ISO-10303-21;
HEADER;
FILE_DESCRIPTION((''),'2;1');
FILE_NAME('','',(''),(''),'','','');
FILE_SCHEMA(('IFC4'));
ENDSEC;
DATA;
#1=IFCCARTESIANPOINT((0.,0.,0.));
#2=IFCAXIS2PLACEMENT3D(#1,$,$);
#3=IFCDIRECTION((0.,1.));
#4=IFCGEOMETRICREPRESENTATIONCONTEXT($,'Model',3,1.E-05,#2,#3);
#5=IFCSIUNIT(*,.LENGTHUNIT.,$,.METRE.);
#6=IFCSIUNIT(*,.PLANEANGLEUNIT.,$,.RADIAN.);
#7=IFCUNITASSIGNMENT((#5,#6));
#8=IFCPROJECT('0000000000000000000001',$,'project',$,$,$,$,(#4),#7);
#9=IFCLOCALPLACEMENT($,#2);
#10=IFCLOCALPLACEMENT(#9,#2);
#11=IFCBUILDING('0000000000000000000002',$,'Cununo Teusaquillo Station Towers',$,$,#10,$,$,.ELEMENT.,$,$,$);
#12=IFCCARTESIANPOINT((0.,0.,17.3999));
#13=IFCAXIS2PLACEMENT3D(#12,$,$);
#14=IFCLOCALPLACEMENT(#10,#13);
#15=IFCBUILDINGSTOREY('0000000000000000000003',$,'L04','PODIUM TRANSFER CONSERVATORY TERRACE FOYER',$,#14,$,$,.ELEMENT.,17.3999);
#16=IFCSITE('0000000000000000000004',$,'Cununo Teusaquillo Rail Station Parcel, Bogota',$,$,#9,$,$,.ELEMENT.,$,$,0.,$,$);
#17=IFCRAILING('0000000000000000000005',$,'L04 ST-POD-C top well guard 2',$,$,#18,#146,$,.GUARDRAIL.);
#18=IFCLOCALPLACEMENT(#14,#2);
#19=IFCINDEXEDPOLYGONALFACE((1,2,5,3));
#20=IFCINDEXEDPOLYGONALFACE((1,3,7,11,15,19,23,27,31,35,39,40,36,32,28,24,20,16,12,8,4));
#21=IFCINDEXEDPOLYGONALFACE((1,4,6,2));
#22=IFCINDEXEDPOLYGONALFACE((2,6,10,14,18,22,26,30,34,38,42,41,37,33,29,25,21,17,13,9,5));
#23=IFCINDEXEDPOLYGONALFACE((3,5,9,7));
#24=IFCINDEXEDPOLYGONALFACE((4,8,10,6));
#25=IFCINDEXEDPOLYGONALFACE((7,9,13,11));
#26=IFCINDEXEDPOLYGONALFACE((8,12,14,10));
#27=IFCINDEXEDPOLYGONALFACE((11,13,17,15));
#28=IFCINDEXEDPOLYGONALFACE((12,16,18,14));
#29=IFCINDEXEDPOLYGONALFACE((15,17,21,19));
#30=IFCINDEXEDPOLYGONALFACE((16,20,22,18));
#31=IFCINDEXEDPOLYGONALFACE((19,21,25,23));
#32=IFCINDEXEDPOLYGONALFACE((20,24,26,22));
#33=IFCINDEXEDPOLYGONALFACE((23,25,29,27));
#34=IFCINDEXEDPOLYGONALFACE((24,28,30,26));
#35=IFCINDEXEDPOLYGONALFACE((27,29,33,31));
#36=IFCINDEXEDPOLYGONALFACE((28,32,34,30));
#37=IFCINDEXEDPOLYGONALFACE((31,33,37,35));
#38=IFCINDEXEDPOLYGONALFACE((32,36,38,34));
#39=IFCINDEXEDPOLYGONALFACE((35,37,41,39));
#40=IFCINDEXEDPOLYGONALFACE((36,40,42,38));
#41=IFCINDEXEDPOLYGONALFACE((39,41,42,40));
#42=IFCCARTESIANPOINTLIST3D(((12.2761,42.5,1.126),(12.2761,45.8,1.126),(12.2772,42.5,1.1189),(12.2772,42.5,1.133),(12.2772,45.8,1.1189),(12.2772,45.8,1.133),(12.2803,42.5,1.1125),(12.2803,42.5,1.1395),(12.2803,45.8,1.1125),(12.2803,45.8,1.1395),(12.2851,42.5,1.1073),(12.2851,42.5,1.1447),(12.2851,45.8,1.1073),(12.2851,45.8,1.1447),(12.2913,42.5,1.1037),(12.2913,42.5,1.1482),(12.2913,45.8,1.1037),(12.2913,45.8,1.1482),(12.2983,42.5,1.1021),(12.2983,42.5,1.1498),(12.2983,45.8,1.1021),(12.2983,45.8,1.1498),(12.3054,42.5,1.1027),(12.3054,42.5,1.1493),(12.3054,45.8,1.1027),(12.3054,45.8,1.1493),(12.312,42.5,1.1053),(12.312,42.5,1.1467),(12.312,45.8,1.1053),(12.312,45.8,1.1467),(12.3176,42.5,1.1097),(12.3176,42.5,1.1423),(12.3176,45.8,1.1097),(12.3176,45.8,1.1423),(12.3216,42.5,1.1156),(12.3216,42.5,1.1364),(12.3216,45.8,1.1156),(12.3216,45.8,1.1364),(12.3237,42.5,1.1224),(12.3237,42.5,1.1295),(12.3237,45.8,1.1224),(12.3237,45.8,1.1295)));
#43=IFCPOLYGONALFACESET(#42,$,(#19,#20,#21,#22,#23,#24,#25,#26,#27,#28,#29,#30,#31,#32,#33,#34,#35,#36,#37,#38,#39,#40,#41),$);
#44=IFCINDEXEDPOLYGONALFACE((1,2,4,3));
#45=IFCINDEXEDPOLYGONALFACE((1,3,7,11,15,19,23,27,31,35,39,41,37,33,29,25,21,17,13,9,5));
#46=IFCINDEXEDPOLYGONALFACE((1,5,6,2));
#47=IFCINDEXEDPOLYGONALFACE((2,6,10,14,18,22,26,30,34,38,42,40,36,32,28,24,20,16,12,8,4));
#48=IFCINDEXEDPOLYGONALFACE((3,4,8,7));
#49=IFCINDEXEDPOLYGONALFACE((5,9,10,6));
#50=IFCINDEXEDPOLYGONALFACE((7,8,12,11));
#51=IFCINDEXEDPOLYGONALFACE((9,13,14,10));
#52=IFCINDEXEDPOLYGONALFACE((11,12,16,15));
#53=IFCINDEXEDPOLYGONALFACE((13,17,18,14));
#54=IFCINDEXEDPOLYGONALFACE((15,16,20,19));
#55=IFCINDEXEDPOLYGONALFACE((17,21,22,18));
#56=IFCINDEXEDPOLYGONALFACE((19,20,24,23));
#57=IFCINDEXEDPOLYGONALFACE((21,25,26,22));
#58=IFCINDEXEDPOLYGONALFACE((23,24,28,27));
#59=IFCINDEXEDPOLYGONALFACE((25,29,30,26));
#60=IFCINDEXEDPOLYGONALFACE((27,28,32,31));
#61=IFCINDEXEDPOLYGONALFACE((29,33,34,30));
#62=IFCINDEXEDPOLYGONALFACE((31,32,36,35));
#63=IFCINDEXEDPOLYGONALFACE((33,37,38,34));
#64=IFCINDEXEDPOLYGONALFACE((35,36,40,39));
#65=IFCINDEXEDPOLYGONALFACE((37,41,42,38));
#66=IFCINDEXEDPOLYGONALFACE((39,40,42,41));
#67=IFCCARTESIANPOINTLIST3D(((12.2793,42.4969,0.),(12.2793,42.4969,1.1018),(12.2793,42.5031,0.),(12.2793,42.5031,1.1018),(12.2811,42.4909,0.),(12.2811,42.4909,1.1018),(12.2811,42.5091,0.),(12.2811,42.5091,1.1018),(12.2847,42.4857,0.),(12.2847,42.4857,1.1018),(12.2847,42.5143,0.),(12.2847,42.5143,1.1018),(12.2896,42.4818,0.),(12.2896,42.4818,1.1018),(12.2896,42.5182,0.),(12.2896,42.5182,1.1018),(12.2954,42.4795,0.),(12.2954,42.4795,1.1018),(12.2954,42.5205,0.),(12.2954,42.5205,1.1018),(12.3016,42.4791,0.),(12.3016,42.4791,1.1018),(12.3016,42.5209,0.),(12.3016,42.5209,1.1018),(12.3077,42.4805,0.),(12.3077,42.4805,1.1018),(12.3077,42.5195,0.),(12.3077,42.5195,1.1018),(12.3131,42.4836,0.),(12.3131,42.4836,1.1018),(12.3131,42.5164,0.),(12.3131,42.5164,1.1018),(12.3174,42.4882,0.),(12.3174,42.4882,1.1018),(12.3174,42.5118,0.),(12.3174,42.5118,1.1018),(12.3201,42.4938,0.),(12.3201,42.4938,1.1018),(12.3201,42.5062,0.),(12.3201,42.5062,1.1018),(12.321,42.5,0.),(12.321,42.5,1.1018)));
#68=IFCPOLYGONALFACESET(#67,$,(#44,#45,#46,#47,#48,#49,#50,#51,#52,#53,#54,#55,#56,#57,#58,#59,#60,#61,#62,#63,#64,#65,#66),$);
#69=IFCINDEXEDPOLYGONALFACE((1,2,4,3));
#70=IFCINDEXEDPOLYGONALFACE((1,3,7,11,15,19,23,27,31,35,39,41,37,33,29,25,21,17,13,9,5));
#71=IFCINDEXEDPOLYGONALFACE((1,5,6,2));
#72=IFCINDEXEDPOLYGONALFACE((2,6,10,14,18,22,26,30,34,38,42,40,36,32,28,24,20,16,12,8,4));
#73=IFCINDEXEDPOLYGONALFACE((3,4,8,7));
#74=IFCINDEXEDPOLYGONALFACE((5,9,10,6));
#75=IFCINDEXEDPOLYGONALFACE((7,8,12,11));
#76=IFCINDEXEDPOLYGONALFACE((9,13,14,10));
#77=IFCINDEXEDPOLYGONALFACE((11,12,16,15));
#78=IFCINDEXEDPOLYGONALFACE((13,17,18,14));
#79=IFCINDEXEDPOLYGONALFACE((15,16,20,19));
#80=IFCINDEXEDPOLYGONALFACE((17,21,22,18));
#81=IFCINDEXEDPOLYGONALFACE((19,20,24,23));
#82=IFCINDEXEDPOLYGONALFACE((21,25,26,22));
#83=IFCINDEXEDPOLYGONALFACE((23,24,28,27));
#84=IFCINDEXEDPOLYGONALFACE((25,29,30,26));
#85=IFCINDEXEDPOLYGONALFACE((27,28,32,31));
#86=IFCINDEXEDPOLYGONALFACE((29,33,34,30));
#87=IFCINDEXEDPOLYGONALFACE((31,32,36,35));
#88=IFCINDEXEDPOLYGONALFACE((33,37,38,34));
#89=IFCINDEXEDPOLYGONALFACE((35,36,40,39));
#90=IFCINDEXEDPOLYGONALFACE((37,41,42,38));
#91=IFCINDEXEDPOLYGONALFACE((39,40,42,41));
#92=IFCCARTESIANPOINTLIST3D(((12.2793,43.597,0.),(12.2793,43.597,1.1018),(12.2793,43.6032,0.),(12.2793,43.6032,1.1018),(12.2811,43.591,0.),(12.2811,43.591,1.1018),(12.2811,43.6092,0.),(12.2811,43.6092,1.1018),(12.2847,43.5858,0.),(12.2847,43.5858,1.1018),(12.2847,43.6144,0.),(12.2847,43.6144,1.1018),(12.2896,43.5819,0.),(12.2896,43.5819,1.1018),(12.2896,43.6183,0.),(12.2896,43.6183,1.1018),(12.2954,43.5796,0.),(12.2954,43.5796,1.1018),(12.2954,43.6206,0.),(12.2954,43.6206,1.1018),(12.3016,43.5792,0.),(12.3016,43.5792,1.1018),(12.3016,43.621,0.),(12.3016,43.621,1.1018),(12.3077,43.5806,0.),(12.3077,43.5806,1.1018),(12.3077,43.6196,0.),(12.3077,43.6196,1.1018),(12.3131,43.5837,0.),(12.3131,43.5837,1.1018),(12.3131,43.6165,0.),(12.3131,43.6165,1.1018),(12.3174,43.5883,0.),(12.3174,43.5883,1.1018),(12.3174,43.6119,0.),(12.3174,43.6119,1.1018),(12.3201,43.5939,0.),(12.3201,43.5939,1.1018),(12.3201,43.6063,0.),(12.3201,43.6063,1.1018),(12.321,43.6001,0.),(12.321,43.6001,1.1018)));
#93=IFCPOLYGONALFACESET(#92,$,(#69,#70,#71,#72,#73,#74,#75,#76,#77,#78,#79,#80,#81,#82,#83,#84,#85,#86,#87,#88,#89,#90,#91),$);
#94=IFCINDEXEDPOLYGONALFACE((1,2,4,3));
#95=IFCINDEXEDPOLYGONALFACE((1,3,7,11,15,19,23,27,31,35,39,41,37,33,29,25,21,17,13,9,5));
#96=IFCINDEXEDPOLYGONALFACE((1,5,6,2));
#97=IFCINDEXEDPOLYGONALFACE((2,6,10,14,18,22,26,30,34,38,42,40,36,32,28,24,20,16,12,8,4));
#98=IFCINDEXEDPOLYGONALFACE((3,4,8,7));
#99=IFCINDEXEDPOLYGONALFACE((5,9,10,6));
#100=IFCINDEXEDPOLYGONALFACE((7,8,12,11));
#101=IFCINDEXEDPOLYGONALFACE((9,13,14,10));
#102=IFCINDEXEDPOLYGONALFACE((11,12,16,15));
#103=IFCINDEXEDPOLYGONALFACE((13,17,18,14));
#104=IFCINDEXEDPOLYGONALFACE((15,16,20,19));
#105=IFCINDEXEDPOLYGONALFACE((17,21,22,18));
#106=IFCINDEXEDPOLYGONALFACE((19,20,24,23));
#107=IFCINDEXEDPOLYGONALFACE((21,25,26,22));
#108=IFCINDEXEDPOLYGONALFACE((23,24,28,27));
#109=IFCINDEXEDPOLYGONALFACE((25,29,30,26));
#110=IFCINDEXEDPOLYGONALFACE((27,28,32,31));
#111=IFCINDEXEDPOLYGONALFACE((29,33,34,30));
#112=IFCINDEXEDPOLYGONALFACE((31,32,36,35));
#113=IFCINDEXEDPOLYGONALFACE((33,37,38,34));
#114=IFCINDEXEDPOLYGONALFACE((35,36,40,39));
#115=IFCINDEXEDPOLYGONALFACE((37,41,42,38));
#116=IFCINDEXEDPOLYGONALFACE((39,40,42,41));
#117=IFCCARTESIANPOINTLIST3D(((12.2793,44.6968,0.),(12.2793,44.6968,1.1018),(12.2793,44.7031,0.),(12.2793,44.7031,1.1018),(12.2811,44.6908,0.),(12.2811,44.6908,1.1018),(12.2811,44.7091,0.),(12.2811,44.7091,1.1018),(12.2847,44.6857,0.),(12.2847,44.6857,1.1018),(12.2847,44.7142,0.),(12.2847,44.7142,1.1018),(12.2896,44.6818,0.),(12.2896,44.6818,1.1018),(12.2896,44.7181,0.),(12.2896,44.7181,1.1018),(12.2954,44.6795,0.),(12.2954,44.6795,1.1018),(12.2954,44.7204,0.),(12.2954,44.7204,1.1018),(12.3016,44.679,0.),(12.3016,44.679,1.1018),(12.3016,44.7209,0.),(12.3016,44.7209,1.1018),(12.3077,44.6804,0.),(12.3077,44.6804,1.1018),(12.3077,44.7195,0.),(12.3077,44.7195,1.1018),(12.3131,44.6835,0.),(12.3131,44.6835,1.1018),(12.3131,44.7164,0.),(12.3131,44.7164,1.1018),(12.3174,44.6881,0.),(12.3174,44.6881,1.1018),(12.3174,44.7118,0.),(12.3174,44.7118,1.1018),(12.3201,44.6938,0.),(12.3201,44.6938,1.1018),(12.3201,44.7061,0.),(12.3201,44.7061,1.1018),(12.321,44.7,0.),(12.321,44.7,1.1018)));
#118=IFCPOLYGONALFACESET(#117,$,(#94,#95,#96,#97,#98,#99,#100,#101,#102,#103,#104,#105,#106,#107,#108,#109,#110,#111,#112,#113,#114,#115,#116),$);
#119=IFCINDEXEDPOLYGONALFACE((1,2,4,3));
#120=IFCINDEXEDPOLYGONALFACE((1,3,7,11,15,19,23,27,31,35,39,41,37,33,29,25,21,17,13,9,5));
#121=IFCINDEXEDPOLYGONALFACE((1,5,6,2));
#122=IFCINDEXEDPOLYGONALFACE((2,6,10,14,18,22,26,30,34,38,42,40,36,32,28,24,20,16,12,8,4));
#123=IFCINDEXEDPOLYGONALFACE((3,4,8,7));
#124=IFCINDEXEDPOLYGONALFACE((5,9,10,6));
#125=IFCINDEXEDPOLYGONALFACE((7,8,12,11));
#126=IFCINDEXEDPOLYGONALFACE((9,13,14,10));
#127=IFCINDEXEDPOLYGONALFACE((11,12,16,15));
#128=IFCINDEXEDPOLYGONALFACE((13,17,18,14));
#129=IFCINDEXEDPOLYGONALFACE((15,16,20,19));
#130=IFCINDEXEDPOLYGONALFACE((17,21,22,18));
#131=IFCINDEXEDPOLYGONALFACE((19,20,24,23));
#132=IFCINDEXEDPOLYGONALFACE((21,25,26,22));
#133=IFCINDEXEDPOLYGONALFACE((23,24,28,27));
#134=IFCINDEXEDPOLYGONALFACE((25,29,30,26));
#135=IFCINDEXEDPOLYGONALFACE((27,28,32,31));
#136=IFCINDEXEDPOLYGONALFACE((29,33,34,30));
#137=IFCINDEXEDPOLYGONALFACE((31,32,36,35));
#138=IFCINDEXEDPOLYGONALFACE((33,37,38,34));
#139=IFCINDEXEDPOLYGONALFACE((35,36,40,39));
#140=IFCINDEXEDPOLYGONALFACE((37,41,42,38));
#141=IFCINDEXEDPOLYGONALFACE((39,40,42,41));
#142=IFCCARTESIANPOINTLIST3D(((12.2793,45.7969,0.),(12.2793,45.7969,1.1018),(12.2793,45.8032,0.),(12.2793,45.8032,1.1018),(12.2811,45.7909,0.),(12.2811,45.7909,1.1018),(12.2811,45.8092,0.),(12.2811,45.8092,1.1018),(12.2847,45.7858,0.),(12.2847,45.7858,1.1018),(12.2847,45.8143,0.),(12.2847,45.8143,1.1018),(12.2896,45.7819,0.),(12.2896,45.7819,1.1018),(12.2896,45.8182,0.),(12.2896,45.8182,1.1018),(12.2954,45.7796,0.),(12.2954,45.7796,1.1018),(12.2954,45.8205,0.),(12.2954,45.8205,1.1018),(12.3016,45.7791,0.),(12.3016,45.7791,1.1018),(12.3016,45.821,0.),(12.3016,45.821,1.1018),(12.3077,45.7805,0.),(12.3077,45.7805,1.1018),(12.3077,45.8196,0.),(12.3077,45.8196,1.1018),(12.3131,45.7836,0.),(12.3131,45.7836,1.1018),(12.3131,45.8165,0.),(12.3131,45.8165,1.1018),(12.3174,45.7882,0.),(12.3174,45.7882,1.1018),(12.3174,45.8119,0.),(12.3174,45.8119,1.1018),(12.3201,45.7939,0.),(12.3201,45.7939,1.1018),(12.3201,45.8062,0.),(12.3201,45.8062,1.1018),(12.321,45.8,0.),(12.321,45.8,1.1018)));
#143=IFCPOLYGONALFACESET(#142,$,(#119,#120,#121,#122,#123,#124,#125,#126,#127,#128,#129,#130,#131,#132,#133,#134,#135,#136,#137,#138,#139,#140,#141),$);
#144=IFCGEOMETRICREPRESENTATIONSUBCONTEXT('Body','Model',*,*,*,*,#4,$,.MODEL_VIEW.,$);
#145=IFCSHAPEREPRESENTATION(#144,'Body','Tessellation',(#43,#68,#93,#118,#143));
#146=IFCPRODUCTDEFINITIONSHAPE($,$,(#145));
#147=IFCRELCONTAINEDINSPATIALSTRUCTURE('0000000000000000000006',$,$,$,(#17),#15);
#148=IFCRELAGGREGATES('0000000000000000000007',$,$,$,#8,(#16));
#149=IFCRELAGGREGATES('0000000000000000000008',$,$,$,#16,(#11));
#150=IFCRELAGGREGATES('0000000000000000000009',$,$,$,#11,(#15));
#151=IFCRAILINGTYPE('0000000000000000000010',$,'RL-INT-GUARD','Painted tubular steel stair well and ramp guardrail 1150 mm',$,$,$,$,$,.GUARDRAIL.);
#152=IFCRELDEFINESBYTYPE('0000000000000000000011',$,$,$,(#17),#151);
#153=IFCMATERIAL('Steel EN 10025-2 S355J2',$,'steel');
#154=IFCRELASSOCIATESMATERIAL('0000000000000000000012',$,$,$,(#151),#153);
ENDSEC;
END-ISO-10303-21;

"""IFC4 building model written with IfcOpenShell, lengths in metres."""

from ifc_helpers import new_model, si_unit, direction, frame, origin, origin_2d, place, context, subcontext, project, spatial, circle, extrude, material, type_object, element, save


model = new_model("IFC4")

# Units and contexts
model_context = context("Model", 3, precision=1e-05, world=origin(), true_north=direction((0.0, 1.0)))
body_context = subcontext(model_context, "Body", "Model", "MODEL_VIEW")
ifc_project = project(units=[si_unit("LENGTHUNIT", "METRE"), si_unit("PLANEANGLEUNIT", "RADIAN")], contexts=[model_context])

# Site, building, storey
site_placement = place(None, origin())
site = spatial("IfcSite", under=ifc_project, at=site_placement, Name="Cununo Teusaquillo Rail Station Parcel, Bogota", CompositionType="ELEMENT", RefElevation=0.0)
building_placement = place(site_placement, origin())
building = spatial("IfcBuilding", under=site, at=building_placement, Name="Cununo Teusaquillo Station Towers", CompositionType="ELEMENT")
storey_placement = place(building_placement, frame((0.0, 0.0, 17.3999)))
storey = spatial("IfcBuildingStorey", under=building, at=storey_placement, Name="L04", Description="PODIUM TRANSFER CONSERVATORY TERRACE FOYER", CompositionType="ELEMENT", Elevation=17.3999)

# Railing
ifc_material_1 = material(Name="Steel EN 10025-2 S355J2", Category="steel")
railing_type = type_object("IfcRailingType", Name="RL-INT-GUARD", Description="Painted tubular steel stair well and ramp guardrail 1150 mm", PredefinedType="GUARDRAIL", material=ifc_material_1)
railing_1_placement = place(storey_placement, frame((12.3, 42.5, 0.0)))
element("IfcRailing", 1, at=railing_1_placement, inside=storey, type_object=railing_type, Name="L04 ST-POD-C top well guard 2", PredefinedType="GUARDRAIL", context=body_context, shape_type="SweptSolid", body=[
    extrude(circle(Radius=0.0239, at=origin_2d()), frame((0.0, 0.0, 1.126), z_axis=(0.0, 1.0, 0.0), x_axis=(-1.0, 0.0, 0.0)), (0.0, 0.0, 1.0), 3.3),
    extrude(circle(Radius=0.021, at=origin_2d()), origin(), (0.0, 0.0, 1.0), 1.1018),
    extrude(circle(Radius=0.021, at=origin_2d()), frame((0.0, 1.1001, 0.0)), (0.0, 0.0, 1.0), 1.1018),
    extrude(circle(Radius=0.021, at=origin_2d()), frame((0.0, 2.2, 0.0)), (0.0, 0.0, 1.0), 1.1018),
    extrude(circle(Radius=0.021, at=origin_2d()), frame((0.0, 3.3, 0.0)), (0.0, 0.0, 1.0), 1.1018),
])

save(model, "model.ifc")
